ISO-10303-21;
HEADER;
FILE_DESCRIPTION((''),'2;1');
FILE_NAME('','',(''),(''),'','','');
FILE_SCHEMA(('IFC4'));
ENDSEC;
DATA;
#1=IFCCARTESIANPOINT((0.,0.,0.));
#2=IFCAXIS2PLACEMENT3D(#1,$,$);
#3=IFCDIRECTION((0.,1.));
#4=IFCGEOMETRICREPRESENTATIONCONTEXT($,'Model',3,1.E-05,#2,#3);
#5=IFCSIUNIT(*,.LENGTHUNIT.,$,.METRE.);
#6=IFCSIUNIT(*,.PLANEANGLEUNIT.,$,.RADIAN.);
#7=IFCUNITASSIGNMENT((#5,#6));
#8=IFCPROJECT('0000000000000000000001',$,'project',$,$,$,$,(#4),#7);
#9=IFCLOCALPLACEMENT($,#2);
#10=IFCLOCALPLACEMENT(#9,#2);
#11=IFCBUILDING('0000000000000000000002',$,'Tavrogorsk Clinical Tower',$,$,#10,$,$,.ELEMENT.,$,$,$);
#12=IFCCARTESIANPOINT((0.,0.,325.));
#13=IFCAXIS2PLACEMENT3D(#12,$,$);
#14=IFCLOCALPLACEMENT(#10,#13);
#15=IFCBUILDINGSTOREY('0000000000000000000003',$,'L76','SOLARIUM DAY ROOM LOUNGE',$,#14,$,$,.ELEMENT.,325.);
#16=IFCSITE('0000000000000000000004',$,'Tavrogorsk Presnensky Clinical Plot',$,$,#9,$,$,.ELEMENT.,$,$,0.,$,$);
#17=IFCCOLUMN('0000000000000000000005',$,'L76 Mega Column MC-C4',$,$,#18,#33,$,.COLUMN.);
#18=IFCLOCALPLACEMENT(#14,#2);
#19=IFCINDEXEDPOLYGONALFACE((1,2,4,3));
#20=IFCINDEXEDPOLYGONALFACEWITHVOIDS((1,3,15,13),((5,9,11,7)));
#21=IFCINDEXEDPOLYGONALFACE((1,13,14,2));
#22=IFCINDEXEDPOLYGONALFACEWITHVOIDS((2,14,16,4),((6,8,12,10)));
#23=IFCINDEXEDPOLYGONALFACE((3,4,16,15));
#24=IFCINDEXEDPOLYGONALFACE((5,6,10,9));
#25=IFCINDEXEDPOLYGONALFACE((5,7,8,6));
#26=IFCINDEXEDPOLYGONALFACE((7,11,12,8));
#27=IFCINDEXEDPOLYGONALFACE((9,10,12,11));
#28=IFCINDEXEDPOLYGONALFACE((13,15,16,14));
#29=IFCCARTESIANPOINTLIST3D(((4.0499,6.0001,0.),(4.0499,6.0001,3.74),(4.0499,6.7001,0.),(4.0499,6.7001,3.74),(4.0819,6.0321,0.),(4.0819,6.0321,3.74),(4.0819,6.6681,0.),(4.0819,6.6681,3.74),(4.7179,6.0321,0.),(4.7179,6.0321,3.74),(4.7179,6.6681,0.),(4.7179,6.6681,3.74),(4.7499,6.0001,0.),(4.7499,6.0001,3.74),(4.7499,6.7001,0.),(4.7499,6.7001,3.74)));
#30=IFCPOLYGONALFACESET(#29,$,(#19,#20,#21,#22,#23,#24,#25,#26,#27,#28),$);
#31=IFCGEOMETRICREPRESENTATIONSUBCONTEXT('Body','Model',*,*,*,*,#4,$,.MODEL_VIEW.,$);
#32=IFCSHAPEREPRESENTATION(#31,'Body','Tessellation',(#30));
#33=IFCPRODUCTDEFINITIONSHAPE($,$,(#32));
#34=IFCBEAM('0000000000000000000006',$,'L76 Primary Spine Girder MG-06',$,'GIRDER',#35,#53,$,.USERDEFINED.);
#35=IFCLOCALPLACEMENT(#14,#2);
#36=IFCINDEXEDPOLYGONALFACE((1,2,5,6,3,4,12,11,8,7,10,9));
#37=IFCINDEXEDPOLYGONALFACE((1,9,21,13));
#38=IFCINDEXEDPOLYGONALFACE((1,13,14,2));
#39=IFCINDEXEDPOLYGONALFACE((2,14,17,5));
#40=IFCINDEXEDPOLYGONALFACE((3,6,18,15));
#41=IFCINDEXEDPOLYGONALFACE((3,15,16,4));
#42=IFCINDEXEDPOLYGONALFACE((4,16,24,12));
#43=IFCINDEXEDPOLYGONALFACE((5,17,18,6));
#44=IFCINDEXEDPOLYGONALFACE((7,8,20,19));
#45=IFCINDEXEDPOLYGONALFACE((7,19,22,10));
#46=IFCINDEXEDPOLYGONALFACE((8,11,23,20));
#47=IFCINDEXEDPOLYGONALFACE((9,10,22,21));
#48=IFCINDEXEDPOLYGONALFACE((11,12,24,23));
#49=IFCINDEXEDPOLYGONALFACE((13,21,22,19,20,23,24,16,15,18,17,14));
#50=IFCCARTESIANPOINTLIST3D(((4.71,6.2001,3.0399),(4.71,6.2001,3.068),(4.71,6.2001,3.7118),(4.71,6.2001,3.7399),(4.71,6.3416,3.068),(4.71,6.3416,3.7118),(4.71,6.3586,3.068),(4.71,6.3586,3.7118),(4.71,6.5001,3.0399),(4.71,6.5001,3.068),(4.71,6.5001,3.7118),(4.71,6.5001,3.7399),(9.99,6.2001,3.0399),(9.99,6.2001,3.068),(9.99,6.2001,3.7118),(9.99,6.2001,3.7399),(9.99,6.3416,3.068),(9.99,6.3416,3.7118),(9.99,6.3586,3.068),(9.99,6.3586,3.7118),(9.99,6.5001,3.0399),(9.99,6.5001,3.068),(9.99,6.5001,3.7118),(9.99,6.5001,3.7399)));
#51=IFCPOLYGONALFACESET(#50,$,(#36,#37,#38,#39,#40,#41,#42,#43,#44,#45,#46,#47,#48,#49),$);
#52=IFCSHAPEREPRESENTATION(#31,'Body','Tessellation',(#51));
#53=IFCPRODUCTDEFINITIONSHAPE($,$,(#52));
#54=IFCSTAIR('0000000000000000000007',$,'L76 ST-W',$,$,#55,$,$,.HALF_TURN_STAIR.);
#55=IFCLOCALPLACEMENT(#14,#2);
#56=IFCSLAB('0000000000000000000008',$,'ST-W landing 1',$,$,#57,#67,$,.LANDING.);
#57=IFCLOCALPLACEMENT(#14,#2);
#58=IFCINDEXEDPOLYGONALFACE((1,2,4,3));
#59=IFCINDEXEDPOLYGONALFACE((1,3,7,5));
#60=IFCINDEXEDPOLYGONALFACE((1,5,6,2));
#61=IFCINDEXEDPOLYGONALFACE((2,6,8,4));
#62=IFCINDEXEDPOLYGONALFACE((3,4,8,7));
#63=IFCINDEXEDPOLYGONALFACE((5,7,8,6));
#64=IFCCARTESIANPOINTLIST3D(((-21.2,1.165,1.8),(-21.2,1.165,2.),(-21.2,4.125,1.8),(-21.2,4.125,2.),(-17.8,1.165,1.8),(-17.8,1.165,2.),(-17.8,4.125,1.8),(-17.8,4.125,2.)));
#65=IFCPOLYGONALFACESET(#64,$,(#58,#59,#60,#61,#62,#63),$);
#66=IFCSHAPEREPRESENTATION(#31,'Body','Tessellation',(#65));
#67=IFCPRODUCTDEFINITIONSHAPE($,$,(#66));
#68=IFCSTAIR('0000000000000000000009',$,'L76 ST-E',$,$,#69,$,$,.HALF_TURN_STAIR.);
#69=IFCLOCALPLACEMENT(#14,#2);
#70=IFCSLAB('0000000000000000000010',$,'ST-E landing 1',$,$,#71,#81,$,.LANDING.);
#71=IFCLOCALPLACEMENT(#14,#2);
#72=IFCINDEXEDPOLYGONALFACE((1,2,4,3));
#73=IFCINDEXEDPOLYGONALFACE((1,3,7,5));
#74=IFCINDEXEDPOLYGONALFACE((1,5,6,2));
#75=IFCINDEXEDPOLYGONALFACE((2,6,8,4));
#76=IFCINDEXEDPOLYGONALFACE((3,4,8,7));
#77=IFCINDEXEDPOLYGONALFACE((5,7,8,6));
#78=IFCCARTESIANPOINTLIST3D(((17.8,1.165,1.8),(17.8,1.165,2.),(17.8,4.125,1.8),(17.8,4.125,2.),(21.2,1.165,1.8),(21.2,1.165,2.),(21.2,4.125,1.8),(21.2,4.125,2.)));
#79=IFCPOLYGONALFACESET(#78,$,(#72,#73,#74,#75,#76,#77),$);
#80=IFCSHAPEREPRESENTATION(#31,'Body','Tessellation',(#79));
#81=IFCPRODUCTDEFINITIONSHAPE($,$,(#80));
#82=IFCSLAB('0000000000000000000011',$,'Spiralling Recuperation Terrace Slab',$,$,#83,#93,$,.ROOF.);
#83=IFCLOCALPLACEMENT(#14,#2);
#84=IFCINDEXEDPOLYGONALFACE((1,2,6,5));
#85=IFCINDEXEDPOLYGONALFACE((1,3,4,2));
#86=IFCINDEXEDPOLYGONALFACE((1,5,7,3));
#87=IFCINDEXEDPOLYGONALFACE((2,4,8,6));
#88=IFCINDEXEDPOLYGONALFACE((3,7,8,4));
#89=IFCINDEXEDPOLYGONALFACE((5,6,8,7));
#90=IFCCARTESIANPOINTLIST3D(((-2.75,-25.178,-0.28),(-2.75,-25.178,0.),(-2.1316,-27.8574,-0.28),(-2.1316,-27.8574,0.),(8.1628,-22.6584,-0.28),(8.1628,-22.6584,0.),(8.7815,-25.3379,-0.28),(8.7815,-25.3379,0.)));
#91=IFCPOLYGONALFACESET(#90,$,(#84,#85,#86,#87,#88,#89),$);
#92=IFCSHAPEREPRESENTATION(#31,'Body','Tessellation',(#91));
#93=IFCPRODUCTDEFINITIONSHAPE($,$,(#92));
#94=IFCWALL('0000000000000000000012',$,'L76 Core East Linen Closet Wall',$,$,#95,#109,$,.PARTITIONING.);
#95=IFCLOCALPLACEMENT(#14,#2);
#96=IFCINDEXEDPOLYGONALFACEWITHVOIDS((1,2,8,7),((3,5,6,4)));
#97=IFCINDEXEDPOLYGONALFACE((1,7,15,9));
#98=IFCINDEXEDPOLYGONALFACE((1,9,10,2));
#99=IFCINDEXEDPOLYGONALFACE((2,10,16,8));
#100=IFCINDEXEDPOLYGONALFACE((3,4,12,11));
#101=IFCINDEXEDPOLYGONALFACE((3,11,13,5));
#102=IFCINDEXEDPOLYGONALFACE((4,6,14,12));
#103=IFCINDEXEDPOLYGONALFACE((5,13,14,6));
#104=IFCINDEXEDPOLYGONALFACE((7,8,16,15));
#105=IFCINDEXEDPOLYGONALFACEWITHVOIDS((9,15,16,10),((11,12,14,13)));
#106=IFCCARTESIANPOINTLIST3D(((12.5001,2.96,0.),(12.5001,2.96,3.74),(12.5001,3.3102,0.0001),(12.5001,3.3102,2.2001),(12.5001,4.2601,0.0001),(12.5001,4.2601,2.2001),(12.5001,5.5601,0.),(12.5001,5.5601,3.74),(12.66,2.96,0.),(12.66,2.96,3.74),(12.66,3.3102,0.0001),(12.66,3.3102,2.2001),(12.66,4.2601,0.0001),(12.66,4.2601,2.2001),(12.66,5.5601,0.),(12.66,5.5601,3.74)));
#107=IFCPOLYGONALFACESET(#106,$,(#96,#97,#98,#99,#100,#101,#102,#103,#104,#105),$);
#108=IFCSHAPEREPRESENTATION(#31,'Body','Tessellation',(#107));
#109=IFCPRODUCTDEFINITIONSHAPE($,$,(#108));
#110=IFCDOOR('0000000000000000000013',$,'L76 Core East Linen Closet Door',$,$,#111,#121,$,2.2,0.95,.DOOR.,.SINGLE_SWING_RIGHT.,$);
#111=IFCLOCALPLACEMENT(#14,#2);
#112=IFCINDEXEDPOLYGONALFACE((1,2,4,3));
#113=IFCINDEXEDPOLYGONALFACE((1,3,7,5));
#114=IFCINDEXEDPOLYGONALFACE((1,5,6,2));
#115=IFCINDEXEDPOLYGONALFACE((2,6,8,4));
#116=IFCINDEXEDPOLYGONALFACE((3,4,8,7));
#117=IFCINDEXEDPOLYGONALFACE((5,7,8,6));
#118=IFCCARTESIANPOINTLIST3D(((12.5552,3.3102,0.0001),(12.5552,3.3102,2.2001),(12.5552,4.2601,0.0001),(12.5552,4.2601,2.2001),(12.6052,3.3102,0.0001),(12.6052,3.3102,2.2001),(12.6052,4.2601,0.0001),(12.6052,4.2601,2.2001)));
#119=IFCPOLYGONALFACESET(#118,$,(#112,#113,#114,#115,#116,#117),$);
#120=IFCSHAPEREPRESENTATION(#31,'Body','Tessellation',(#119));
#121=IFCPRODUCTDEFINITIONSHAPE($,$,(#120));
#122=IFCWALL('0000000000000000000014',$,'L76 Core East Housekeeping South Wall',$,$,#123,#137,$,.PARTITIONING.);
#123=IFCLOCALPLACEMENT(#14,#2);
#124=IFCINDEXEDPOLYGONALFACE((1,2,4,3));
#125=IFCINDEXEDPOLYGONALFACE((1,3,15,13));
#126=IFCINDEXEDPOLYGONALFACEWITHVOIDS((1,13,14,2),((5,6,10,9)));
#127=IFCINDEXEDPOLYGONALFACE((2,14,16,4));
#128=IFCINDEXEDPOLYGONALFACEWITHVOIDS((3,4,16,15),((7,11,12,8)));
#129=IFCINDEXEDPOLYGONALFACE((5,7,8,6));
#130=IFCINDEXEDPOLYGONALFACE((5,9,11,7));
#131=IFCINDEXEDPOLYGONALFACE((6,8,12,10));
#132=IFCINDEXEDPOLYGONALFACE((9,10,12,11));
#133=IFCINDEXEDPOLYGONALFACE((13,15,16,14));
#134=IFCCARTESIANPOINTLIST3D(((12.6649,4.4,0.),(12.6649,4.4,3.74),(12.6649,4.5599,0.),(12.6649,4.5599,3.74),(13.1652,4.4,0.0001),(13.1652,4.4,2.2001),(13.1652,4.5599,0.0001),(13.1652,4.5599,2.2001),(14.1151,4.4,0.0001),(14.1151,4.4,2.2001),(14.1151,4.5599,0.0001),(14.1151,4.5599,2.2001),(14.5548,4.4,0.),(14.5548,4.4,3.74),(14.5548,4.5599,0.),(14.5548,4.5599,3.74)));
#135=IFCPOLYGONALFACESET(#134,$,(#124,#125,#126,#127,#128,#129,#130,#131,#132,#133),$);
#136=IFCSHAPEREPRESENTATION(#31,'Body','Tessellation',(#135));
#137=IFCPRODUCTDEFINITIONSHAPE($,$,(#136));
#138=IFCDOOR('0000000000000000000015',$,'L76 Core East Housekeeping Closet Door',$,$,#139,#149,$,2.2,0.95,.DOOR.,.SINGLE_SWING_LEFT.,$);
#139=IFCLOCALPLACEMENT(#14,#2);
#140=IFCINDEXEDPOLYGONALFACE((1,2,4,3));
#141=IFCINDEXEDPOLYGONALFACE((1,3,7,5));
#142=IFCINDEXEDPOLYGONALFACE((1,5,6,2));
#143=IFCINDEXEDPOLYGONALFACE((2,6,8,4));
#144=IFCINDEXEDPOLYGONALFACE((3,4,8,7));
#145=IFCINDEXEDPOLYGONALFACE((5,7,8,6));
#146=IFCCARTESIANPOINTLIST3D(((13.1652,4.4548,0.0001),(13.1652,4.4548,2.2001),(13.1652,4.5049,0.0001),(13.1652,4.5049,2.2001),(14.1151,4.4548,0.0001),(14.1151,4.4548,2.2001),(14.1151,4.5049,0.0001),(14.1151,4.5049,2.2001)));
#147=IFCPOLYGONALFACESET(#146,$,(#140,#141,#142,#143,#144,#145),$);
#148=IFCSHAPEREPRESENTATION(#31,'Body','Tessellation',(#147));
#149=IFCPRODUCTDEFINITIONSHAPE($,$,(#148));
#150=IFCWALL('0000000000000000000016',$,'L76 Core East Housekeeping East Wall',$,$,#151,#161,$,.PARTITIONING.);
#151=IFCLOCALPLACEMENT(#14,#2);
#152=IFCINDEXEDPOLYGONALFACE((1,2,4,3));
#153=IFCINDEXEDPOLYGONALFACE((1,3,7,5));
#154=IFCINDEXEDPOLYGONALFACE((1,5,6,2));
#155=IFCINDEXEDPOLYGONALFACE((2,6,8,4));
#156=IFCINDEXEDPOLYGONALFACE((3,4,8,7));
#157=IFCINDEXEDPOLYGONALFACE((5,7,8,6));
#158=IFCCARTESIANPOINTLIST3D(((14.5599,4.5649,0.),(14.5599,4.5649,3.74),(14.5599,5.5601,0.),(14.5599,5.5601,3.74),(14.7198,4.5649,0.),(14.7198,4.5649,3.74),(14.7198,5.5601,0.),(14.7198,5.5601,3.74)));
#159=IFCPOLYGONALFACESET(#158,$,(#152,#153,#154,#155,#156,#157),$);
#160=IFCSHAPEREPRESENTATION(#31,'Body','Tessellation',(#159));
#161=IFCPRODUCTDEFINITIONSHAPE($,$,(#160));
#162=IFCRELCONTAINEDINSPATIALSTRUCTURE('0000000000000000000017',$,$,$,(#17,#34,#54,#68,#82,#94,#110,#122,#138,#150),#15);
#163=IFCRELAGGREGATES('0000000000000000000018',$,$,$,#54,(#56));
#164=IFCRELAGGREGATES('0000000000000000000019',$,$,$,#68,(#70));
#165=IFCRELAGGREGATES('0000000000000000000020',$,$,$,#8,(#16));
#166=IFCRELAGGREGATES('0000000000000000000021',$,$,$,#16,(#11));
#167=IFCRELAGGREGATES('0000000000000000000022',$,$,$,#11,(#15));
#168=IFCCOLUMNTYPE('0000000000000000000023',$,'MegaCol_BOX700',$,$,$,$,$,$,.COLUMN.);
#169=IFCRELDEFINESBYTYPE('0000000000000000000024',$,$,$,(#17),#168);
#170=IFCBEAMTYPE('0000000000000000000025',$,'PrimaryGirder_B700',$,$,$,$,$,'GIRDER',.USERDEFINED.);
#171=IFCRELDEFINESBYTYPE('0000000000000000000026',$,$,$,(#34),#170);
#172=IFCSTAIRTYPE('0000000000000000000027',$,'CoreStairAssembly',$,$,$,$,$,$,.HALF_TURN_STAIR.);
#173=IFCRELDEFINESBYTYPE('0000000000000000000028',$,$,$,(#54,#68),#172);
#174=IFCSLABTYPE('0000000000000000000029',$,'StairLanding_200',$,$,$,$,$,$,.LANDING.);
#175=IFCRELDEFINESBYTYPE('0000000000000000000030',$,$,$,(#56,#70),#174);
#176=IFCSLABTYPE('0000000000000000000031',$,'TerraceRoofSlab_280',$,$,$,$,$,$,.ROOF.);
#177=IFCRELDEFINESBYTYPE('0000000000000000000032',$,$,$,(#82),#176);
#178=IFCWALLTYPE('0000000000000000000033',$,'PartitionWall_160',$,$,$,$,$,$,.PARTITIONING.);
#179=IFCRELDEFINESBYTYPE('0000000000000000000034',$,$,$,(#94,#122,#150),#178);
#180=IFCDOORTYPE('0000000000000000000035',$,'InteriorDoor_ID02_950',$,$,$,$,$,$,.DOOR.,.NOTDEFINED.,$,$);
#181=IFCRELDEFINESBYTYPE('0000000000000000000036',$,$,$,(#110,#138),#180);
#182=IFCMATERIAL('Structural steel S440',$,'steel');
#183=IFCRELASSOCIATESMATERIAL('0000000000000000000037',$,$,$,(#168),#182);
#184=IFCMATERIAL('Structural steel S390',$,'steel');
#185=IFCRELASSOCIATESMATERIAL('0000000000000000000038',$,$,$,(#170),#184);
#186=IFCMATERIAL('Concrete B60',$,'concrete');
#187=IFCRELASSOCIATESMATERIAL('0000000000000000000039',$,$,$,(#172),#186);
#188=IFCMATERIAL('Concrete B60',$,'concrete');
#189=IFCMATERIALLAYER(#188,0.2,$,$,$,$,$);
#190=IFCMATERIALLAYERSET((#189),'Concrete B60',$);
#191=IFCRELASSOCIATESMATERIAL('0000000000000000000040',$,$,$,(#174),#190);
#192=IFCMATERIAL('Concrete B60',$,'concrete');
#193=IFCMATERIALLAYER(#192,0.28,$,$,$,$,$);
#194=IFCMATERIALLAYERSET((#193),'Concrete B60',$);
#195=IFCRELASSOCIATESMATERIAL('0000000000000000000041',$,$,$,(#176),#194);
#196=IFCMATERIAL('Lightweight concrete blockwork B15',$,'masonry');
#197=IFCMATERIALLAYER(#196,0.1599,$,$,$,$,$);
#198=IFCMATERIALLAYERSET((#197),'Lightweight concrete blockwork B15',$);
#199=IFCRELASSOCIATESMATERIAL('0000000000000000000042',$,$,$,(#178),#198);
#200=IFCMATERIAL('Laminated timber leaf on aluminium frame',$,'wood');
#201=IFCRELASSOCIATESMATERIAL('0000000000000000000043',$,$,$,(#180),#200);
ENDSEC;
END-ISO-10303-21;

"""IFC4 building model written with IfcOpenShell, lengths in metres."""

from ifc_helpers import new_model, si_unit, direction, frame, frame_2d, origin, origin_2d, place, context, subcontext, project, spatial, polyline, rectangle, hollow_rectangle, i_section, outline, extrude, material, layer, layer_set, material_profile, profile_set, type_object, element, fill, aggregate, save


model = new_model("IFC4")

# Units and contexts
model_context = context("Model", 3, precision=1e-05, world=origin(), true_north=direction((0.0, 1.0)))
body_context = subcontext(model_context, "Body", "Model", "MODEL_VIEW")
ifc_project = project(units=[si_unit("LENGTHUNIT", "METRE"), si_unit("PLANEANGLEUNIT", "RADIAN")], contexts=[model_context])

# Site, building, storey
site_placement = place(None, origin())
site = spatial("IfcSite", under=ifc_project, at=site_placement, Name="Tavrogorsk Presnensky Clinical Plot", CompositionType="ELEMENT", RefElevation=0.0)
building_placement = place(site_placement, origin())
building = spatial("IfcBuilding", under=site, at=building_placement, Name="Tavrogorsk Clinical Tower", CompositionType="ELEMENT")
storey_placement = place(building_placement, frame((0.0, 0.0, 325.0)))
storey = spatial("IfcBuildingStorey", under=building, at=storey_placement, Name="L76", Description="SOLARIUM DAY ROOM LOUNGE", CompositionType="ELEMENT", Elevation=325.0)

# Column
ifc_material_1 = material(Name="Structural steel S440", Category="steel")
ifc_material_profile_1 = material_profile(ifc_material_1, hollow_rectangle(XDim=0.7, YDim=0.7, WallThickness=0.032, at=origin_2d()), Name="BOX-700x700x32")
ifc_profile_set_1 = profile_set([ifc_material_profile_1], Name="Structural steel S440")
column_type = type_object("IfcColumnType", Name="MegaCol_BOX700", PredefinedType="COLUMN", material=ifc_profile_set_1)
column_placement = place(storey_placement, frame((4.3999, 6.3501, 0.0), z_axis=(0.0, 0.0, 1.0), x_axis=(1.0, 0.0, 0.0)))
element("IfcColumn", 1, at=column_placement, inside=storey, type_object=column_type, Name="L76 Mega Column MC-C4", PredefinedType="COLUMN", context=body_context, shape_type="SweptSolid", body=[
    extrude(hollow_rectangle(XDim=0.7, YDim=0.7, WallThickness=0.032, at=origin_2d()), origin(), (0.0, 0.0, 1.0), 3.74),
])

# Beam
ifc_material_2 = material(Name="Structural steel S390", Category="steel")
ifc_material_profile_2 = material_profile(ifc_material_2, i_section(OverallWidth=0.3, OverallDepth=0.7, WebThickness=0.0171, FlangeThickness=0.0281, at=origin_2d()), Name="B-700x300x17x28")
ifc_profile_set_2 = profile_set([ifc_material_profile_2], Name="Structural steel S390")
beam_type = type_object("IfcBeamType", Name="PrimaryGirder_B700", ElementType="GIRDER", PredefinedType="USERDEFINED", material=ifc_profile_set_2)
beam_placement = place(storey_placement, frame((4.71, 6.3501, 3.3899), z_axis=(1.0, 0.0, 0.0), x_axis=(0.0, 1.0, 0.0)))
element("IfcBeam", 2, at=beam_placement, inside=storey, type_object=beam_type, Name="L76 Primary Spine Girder MG-06", ObjectType="GIRDER", PredefinedType="USERDEFINED", context=body_context, shape_type="SweptSolid", body=[
    extrude(i_section(OverallWidth=0.3, OverallDepth=0.7, WebThickness=0.0171, FlangeThickness=0.0281, at=origin_2d()), origin(), (0.0, 0.0, 1.0), 5.28),
])

# Stairs, slabs
ifc_material_3 = material(Name="Concrete B60", Category="concrete")
stair_type = type_object("IfcStairType", Name="CoreStairAssembly", PredefinedType="HALF_TURN_STAIR", material=ifc_material_3)
stair_1_placement = place(storey_placement, origin())
stair_1 = element("IfcStair", 3, at=stair_1_placement, inside=storey, type_object=stair_type, Name="L76 ST-W", PredefinedType="HALF_TURN_STAIR")
ifc_material_4 = material(Name="Concrete B60", Category="concrete")
ifc_layer_1 = layer(ifc_material_4, 0.2)
ifc_layer_set_1 = layer_set([ifc_layer_1], Name="Concrete B60")
slab_type_1 = type_object("IfcSlabType", Name="StairLanding_200", PredefinedType="LANDING", material=ifc_layer_set_1)
slab_1_placement = place(storey_placement, frame((0.0, 0.0, 1.8)))
slab_1 = element("IfcSlab", 4, at=slab_1_placement, type_object=slab_type_1, Name="ST-W landing 1", PredefinedType="LANDING", context=body_context, shape_type="SweptSolid", body=[
    extrude(outline(polyline([(-17.8, 1.165), (-17.8, 4.125), (-21.2, 4.125), (-21.2, 1.165), (-17.8, 1.165)])), origin(), (0.0, 0.0, 1.0), 0.2),
])
aggregate(stair_1, [slab_1])
stair_2_placement = place(storey_placement, origin())
stair_2 = element("IfcStair", 5, at=stair_2_placement, inside=storey, type_object=stair_type, Name="L76 ST-E", PredefinedType="HALF_TURN_STAIR")
slab_2_placement = place(storey_placement, frame((0.0, 0.0, 1.8)))
slab_2 = element("IfcSlab", 6, at=slab_2_placement, type_object=slab_type_1, Name="ST-E landing 1", PredefinedType="LANDING", context=body_context, shape_type="SweptSolid", body=[
    extrude(outline(polyline([(21.2, 1.165), (21.2, 4.125), (17.8, 4.125), (17.8, 1.165), (21.2, 1.165)])), origin(), (0.0, 0.0, 1.0), 0.2),
])
aggregate(stair_2, [slab_2])

# Slab
ifc_material_5 = material(Name="Concrete B60", Category="concrete")
ifc_layer_2 = layer(ifc_material_5, 0.28)
ifc_layer_set_2 = layer_set([ifc_layer_2], Name="Concrete B60")
slab_type_2 = type_object("IfcSlabType", Name="TerraceRoofSlab_280", PredefinedType="ROOF", material=ifc_layer_set_2)
slab_3_placement = place(storey_placement, frame((0.0, 0.0, -0.28)))
element("IfcSlab", 7, at=slab_3_placement, inside=storey, type_object=slab_type_2, Name="Spiralling Recuperation Terrace Slab", PredefinedType="ROOF", context=body_context, shape_type="SweptSolid", body=[
    extrude(outline(polyline([(8.7815, -25.3379), (-2.1316, -27.8574), (-2.75, -25.178), (8.1628, -22.6584), (8.7815, -25.3379)])), origin(), (0.0, 0.0, 1.0), 0.28),
])

# Walls, openings, doors
ifc_material_6 = material(Name="Lightweight concrete blockwork B15", Category="masonry")
ifc_layer_3 = layer(ifc_material_6, 0.1599)
ifc_layer_set_3 = layer_set([ifc_layer_3], Name="Lightweight concrete blockwork B15")
wall_type_1 = type_object("IfcWallType", Name="PartitionWall_160", PredefinedType="PARTITIONING", material=ifc_layer_set_3)
wall_1_placement = place(storey_placement, frame((12.5801, 2.96, 0.0), z_axis=(0.0, 0.0, 1.0), x_axis=(0.0, 1.0, 0.0)))
wall_1 = element("IfcWall", 8, at=wall_1_placement, inside=storey, type_object=wall_type_1, Name="L76 Core East Linen Closet Wall", PredefinedType="PARTITIONING", context=body_context, shape_type="SweptSolid", body=[
    extrude(rectangle(XDim=2.6001, YDim=0.1599, at=frame_2d((1.3, 0.0))), origin(), (0.0, 0.0, 1.0), 3.74),
])
opening_1_placement = place(wall_1_placement, frame((0.3501, 0.0, 0.0)))
opening_1 = element("IfcOpeningElement", 9, at=opening_1_placement, cuts=wall_1, PredefinedType="OPENING", context=body_context, shape_type="SweptSolid", body=[
    extrude(rectangle(XDim=0.95, YDim=2.2, at=frame_2d((0.4751, 1.1001))), frame((0.0, 0.0898, 0.0), z_axis=(0.0, -1.0, 0.0), x_axis=(1.0, 0.0, 0.0)), (0.0, 0.0, 1.0), 0.1799),
])
ifc_material_7 = material(Name="Laminated timber leaf on aluminium frame", Category="wood")
door_type_1 = type_object("IfcDoorType", Name="InteriorDoor_ID02_950", OperationType="NOTDEFINED", PredefinedType="DOOR", material=ifc_material_7)
door_1_placement = place(opening_1_placement, origin())
door_1 = element("IfcDoor", 10, at=door_1_placement, inside=storey, type_object=door_type_1, Name="L76 Core East Linen Closet Door", OperationType="SINGLE_SWING_RIGHT", OverallHeight=2.2, OverallWidth=0.95, PredefinedType="DOOR", context=body_context, shape_type="SweptSolid", body=[
    extrude(rectangle(XDim=0.95, YDim=2.2, at=frame_2d((0.4751, 1.1001))), frame((0.0, 0.0249, 0.0), z_axis=(0.0, -1.0, 0.0), x_axis=(1.0, 0.0, 0.0)), (0.0, 0.0, 1.0), 0.05),
])
fill(opening_1, door_1)
wall_2_placement = place(storey_placement, frame((12.665, 4.48, 0.0), z_axis=(0.0, 0.0, 1.0), x_axis=(1.0, 0.0, 0.0)))
wall_2 = element("IfcWall", 11, at=wall_2_placement, inside=storey, type_object=wall_type_1, Name="L76 Core East Housekeeping South Wall", PredefinedType="PARTITIONING", context=body_context, shape_type="SweptSolid", body=[
    extrude(rectangle(XDim=1.8899, YDim=0.1599, at=frame_2d((0.9448, 0.0))), origin(), (0.0, 0.0, 1.0), 3.74),
])
opening_2_placement = place(wall_2_placement, frame((0.5, 0.0, 0.0)))
opening_2 = element("IfcOpeningElement", 12, at=opening_2_placement, cuts=wall_2, PredefinedType="OPENING", context=body_context, shape_type="SweptSolid", body=[
    extrude(rectangle(XDim=0.95, YDim=2.2, at=frame_2d((0.4751, 1.1001))), frame((0.0, 0.0898, 0.0), z_axis=(0.0, -1.0, 0.0), x_axis=(1.0, 0.0, 0.0)), (0.0, 0.0, 1.0), 0.1799),
])
door_2_placement = place(opening_2_placement, origin())
door_2 = element("IfcDoor", 13, at=door_2_placement, inside=storey, type_object=door_type_1, Name="L76 Core East Housekeeping Closet Door", OperationType="SINGLE_SWING_LEFT", OverallHeight=2.2, OverallWidth=0.95, PredefinedType="DOOR", context=body_context, shape_type="SweptSolid", body=[
    extrude(rectangle(XDim=0.95, YDim=2.2, at=frame_2d((0.4751, 1.1001))), frame((0.0, 0.0249, 0.0), z_axis=(0.0, -1.0, 0.0), x_axis=(1.0, 0.0, 0.0)), (0.0, 0.0, 1.0), 0.05),
])
fill(opening_2, door_2)

# Wall
wall_3_placement = place(storey_placement, frame((14.6399, 4.5649, 0.0), z_axis=(0.0, 0.0, 1.0), x_axis=(0.0, 1.0, 0.0)))
element("IfcWall", 14, at=wall_3_placement, inside=storey, type_object=wall_type_1, Name="L76 Core East Housekeeping East Wall", PredefinedType="PARTITIONING", context=body_context, shape_type="SweptSolid", body=[
    extrude(rectangle(XDim=0.9951, YDim=0.1599, at=frame_2d((0.4976, 0.0))), origin(), (0.0, 0.0, 1.0), 3.74),
])

save(model, "model.ifc")
